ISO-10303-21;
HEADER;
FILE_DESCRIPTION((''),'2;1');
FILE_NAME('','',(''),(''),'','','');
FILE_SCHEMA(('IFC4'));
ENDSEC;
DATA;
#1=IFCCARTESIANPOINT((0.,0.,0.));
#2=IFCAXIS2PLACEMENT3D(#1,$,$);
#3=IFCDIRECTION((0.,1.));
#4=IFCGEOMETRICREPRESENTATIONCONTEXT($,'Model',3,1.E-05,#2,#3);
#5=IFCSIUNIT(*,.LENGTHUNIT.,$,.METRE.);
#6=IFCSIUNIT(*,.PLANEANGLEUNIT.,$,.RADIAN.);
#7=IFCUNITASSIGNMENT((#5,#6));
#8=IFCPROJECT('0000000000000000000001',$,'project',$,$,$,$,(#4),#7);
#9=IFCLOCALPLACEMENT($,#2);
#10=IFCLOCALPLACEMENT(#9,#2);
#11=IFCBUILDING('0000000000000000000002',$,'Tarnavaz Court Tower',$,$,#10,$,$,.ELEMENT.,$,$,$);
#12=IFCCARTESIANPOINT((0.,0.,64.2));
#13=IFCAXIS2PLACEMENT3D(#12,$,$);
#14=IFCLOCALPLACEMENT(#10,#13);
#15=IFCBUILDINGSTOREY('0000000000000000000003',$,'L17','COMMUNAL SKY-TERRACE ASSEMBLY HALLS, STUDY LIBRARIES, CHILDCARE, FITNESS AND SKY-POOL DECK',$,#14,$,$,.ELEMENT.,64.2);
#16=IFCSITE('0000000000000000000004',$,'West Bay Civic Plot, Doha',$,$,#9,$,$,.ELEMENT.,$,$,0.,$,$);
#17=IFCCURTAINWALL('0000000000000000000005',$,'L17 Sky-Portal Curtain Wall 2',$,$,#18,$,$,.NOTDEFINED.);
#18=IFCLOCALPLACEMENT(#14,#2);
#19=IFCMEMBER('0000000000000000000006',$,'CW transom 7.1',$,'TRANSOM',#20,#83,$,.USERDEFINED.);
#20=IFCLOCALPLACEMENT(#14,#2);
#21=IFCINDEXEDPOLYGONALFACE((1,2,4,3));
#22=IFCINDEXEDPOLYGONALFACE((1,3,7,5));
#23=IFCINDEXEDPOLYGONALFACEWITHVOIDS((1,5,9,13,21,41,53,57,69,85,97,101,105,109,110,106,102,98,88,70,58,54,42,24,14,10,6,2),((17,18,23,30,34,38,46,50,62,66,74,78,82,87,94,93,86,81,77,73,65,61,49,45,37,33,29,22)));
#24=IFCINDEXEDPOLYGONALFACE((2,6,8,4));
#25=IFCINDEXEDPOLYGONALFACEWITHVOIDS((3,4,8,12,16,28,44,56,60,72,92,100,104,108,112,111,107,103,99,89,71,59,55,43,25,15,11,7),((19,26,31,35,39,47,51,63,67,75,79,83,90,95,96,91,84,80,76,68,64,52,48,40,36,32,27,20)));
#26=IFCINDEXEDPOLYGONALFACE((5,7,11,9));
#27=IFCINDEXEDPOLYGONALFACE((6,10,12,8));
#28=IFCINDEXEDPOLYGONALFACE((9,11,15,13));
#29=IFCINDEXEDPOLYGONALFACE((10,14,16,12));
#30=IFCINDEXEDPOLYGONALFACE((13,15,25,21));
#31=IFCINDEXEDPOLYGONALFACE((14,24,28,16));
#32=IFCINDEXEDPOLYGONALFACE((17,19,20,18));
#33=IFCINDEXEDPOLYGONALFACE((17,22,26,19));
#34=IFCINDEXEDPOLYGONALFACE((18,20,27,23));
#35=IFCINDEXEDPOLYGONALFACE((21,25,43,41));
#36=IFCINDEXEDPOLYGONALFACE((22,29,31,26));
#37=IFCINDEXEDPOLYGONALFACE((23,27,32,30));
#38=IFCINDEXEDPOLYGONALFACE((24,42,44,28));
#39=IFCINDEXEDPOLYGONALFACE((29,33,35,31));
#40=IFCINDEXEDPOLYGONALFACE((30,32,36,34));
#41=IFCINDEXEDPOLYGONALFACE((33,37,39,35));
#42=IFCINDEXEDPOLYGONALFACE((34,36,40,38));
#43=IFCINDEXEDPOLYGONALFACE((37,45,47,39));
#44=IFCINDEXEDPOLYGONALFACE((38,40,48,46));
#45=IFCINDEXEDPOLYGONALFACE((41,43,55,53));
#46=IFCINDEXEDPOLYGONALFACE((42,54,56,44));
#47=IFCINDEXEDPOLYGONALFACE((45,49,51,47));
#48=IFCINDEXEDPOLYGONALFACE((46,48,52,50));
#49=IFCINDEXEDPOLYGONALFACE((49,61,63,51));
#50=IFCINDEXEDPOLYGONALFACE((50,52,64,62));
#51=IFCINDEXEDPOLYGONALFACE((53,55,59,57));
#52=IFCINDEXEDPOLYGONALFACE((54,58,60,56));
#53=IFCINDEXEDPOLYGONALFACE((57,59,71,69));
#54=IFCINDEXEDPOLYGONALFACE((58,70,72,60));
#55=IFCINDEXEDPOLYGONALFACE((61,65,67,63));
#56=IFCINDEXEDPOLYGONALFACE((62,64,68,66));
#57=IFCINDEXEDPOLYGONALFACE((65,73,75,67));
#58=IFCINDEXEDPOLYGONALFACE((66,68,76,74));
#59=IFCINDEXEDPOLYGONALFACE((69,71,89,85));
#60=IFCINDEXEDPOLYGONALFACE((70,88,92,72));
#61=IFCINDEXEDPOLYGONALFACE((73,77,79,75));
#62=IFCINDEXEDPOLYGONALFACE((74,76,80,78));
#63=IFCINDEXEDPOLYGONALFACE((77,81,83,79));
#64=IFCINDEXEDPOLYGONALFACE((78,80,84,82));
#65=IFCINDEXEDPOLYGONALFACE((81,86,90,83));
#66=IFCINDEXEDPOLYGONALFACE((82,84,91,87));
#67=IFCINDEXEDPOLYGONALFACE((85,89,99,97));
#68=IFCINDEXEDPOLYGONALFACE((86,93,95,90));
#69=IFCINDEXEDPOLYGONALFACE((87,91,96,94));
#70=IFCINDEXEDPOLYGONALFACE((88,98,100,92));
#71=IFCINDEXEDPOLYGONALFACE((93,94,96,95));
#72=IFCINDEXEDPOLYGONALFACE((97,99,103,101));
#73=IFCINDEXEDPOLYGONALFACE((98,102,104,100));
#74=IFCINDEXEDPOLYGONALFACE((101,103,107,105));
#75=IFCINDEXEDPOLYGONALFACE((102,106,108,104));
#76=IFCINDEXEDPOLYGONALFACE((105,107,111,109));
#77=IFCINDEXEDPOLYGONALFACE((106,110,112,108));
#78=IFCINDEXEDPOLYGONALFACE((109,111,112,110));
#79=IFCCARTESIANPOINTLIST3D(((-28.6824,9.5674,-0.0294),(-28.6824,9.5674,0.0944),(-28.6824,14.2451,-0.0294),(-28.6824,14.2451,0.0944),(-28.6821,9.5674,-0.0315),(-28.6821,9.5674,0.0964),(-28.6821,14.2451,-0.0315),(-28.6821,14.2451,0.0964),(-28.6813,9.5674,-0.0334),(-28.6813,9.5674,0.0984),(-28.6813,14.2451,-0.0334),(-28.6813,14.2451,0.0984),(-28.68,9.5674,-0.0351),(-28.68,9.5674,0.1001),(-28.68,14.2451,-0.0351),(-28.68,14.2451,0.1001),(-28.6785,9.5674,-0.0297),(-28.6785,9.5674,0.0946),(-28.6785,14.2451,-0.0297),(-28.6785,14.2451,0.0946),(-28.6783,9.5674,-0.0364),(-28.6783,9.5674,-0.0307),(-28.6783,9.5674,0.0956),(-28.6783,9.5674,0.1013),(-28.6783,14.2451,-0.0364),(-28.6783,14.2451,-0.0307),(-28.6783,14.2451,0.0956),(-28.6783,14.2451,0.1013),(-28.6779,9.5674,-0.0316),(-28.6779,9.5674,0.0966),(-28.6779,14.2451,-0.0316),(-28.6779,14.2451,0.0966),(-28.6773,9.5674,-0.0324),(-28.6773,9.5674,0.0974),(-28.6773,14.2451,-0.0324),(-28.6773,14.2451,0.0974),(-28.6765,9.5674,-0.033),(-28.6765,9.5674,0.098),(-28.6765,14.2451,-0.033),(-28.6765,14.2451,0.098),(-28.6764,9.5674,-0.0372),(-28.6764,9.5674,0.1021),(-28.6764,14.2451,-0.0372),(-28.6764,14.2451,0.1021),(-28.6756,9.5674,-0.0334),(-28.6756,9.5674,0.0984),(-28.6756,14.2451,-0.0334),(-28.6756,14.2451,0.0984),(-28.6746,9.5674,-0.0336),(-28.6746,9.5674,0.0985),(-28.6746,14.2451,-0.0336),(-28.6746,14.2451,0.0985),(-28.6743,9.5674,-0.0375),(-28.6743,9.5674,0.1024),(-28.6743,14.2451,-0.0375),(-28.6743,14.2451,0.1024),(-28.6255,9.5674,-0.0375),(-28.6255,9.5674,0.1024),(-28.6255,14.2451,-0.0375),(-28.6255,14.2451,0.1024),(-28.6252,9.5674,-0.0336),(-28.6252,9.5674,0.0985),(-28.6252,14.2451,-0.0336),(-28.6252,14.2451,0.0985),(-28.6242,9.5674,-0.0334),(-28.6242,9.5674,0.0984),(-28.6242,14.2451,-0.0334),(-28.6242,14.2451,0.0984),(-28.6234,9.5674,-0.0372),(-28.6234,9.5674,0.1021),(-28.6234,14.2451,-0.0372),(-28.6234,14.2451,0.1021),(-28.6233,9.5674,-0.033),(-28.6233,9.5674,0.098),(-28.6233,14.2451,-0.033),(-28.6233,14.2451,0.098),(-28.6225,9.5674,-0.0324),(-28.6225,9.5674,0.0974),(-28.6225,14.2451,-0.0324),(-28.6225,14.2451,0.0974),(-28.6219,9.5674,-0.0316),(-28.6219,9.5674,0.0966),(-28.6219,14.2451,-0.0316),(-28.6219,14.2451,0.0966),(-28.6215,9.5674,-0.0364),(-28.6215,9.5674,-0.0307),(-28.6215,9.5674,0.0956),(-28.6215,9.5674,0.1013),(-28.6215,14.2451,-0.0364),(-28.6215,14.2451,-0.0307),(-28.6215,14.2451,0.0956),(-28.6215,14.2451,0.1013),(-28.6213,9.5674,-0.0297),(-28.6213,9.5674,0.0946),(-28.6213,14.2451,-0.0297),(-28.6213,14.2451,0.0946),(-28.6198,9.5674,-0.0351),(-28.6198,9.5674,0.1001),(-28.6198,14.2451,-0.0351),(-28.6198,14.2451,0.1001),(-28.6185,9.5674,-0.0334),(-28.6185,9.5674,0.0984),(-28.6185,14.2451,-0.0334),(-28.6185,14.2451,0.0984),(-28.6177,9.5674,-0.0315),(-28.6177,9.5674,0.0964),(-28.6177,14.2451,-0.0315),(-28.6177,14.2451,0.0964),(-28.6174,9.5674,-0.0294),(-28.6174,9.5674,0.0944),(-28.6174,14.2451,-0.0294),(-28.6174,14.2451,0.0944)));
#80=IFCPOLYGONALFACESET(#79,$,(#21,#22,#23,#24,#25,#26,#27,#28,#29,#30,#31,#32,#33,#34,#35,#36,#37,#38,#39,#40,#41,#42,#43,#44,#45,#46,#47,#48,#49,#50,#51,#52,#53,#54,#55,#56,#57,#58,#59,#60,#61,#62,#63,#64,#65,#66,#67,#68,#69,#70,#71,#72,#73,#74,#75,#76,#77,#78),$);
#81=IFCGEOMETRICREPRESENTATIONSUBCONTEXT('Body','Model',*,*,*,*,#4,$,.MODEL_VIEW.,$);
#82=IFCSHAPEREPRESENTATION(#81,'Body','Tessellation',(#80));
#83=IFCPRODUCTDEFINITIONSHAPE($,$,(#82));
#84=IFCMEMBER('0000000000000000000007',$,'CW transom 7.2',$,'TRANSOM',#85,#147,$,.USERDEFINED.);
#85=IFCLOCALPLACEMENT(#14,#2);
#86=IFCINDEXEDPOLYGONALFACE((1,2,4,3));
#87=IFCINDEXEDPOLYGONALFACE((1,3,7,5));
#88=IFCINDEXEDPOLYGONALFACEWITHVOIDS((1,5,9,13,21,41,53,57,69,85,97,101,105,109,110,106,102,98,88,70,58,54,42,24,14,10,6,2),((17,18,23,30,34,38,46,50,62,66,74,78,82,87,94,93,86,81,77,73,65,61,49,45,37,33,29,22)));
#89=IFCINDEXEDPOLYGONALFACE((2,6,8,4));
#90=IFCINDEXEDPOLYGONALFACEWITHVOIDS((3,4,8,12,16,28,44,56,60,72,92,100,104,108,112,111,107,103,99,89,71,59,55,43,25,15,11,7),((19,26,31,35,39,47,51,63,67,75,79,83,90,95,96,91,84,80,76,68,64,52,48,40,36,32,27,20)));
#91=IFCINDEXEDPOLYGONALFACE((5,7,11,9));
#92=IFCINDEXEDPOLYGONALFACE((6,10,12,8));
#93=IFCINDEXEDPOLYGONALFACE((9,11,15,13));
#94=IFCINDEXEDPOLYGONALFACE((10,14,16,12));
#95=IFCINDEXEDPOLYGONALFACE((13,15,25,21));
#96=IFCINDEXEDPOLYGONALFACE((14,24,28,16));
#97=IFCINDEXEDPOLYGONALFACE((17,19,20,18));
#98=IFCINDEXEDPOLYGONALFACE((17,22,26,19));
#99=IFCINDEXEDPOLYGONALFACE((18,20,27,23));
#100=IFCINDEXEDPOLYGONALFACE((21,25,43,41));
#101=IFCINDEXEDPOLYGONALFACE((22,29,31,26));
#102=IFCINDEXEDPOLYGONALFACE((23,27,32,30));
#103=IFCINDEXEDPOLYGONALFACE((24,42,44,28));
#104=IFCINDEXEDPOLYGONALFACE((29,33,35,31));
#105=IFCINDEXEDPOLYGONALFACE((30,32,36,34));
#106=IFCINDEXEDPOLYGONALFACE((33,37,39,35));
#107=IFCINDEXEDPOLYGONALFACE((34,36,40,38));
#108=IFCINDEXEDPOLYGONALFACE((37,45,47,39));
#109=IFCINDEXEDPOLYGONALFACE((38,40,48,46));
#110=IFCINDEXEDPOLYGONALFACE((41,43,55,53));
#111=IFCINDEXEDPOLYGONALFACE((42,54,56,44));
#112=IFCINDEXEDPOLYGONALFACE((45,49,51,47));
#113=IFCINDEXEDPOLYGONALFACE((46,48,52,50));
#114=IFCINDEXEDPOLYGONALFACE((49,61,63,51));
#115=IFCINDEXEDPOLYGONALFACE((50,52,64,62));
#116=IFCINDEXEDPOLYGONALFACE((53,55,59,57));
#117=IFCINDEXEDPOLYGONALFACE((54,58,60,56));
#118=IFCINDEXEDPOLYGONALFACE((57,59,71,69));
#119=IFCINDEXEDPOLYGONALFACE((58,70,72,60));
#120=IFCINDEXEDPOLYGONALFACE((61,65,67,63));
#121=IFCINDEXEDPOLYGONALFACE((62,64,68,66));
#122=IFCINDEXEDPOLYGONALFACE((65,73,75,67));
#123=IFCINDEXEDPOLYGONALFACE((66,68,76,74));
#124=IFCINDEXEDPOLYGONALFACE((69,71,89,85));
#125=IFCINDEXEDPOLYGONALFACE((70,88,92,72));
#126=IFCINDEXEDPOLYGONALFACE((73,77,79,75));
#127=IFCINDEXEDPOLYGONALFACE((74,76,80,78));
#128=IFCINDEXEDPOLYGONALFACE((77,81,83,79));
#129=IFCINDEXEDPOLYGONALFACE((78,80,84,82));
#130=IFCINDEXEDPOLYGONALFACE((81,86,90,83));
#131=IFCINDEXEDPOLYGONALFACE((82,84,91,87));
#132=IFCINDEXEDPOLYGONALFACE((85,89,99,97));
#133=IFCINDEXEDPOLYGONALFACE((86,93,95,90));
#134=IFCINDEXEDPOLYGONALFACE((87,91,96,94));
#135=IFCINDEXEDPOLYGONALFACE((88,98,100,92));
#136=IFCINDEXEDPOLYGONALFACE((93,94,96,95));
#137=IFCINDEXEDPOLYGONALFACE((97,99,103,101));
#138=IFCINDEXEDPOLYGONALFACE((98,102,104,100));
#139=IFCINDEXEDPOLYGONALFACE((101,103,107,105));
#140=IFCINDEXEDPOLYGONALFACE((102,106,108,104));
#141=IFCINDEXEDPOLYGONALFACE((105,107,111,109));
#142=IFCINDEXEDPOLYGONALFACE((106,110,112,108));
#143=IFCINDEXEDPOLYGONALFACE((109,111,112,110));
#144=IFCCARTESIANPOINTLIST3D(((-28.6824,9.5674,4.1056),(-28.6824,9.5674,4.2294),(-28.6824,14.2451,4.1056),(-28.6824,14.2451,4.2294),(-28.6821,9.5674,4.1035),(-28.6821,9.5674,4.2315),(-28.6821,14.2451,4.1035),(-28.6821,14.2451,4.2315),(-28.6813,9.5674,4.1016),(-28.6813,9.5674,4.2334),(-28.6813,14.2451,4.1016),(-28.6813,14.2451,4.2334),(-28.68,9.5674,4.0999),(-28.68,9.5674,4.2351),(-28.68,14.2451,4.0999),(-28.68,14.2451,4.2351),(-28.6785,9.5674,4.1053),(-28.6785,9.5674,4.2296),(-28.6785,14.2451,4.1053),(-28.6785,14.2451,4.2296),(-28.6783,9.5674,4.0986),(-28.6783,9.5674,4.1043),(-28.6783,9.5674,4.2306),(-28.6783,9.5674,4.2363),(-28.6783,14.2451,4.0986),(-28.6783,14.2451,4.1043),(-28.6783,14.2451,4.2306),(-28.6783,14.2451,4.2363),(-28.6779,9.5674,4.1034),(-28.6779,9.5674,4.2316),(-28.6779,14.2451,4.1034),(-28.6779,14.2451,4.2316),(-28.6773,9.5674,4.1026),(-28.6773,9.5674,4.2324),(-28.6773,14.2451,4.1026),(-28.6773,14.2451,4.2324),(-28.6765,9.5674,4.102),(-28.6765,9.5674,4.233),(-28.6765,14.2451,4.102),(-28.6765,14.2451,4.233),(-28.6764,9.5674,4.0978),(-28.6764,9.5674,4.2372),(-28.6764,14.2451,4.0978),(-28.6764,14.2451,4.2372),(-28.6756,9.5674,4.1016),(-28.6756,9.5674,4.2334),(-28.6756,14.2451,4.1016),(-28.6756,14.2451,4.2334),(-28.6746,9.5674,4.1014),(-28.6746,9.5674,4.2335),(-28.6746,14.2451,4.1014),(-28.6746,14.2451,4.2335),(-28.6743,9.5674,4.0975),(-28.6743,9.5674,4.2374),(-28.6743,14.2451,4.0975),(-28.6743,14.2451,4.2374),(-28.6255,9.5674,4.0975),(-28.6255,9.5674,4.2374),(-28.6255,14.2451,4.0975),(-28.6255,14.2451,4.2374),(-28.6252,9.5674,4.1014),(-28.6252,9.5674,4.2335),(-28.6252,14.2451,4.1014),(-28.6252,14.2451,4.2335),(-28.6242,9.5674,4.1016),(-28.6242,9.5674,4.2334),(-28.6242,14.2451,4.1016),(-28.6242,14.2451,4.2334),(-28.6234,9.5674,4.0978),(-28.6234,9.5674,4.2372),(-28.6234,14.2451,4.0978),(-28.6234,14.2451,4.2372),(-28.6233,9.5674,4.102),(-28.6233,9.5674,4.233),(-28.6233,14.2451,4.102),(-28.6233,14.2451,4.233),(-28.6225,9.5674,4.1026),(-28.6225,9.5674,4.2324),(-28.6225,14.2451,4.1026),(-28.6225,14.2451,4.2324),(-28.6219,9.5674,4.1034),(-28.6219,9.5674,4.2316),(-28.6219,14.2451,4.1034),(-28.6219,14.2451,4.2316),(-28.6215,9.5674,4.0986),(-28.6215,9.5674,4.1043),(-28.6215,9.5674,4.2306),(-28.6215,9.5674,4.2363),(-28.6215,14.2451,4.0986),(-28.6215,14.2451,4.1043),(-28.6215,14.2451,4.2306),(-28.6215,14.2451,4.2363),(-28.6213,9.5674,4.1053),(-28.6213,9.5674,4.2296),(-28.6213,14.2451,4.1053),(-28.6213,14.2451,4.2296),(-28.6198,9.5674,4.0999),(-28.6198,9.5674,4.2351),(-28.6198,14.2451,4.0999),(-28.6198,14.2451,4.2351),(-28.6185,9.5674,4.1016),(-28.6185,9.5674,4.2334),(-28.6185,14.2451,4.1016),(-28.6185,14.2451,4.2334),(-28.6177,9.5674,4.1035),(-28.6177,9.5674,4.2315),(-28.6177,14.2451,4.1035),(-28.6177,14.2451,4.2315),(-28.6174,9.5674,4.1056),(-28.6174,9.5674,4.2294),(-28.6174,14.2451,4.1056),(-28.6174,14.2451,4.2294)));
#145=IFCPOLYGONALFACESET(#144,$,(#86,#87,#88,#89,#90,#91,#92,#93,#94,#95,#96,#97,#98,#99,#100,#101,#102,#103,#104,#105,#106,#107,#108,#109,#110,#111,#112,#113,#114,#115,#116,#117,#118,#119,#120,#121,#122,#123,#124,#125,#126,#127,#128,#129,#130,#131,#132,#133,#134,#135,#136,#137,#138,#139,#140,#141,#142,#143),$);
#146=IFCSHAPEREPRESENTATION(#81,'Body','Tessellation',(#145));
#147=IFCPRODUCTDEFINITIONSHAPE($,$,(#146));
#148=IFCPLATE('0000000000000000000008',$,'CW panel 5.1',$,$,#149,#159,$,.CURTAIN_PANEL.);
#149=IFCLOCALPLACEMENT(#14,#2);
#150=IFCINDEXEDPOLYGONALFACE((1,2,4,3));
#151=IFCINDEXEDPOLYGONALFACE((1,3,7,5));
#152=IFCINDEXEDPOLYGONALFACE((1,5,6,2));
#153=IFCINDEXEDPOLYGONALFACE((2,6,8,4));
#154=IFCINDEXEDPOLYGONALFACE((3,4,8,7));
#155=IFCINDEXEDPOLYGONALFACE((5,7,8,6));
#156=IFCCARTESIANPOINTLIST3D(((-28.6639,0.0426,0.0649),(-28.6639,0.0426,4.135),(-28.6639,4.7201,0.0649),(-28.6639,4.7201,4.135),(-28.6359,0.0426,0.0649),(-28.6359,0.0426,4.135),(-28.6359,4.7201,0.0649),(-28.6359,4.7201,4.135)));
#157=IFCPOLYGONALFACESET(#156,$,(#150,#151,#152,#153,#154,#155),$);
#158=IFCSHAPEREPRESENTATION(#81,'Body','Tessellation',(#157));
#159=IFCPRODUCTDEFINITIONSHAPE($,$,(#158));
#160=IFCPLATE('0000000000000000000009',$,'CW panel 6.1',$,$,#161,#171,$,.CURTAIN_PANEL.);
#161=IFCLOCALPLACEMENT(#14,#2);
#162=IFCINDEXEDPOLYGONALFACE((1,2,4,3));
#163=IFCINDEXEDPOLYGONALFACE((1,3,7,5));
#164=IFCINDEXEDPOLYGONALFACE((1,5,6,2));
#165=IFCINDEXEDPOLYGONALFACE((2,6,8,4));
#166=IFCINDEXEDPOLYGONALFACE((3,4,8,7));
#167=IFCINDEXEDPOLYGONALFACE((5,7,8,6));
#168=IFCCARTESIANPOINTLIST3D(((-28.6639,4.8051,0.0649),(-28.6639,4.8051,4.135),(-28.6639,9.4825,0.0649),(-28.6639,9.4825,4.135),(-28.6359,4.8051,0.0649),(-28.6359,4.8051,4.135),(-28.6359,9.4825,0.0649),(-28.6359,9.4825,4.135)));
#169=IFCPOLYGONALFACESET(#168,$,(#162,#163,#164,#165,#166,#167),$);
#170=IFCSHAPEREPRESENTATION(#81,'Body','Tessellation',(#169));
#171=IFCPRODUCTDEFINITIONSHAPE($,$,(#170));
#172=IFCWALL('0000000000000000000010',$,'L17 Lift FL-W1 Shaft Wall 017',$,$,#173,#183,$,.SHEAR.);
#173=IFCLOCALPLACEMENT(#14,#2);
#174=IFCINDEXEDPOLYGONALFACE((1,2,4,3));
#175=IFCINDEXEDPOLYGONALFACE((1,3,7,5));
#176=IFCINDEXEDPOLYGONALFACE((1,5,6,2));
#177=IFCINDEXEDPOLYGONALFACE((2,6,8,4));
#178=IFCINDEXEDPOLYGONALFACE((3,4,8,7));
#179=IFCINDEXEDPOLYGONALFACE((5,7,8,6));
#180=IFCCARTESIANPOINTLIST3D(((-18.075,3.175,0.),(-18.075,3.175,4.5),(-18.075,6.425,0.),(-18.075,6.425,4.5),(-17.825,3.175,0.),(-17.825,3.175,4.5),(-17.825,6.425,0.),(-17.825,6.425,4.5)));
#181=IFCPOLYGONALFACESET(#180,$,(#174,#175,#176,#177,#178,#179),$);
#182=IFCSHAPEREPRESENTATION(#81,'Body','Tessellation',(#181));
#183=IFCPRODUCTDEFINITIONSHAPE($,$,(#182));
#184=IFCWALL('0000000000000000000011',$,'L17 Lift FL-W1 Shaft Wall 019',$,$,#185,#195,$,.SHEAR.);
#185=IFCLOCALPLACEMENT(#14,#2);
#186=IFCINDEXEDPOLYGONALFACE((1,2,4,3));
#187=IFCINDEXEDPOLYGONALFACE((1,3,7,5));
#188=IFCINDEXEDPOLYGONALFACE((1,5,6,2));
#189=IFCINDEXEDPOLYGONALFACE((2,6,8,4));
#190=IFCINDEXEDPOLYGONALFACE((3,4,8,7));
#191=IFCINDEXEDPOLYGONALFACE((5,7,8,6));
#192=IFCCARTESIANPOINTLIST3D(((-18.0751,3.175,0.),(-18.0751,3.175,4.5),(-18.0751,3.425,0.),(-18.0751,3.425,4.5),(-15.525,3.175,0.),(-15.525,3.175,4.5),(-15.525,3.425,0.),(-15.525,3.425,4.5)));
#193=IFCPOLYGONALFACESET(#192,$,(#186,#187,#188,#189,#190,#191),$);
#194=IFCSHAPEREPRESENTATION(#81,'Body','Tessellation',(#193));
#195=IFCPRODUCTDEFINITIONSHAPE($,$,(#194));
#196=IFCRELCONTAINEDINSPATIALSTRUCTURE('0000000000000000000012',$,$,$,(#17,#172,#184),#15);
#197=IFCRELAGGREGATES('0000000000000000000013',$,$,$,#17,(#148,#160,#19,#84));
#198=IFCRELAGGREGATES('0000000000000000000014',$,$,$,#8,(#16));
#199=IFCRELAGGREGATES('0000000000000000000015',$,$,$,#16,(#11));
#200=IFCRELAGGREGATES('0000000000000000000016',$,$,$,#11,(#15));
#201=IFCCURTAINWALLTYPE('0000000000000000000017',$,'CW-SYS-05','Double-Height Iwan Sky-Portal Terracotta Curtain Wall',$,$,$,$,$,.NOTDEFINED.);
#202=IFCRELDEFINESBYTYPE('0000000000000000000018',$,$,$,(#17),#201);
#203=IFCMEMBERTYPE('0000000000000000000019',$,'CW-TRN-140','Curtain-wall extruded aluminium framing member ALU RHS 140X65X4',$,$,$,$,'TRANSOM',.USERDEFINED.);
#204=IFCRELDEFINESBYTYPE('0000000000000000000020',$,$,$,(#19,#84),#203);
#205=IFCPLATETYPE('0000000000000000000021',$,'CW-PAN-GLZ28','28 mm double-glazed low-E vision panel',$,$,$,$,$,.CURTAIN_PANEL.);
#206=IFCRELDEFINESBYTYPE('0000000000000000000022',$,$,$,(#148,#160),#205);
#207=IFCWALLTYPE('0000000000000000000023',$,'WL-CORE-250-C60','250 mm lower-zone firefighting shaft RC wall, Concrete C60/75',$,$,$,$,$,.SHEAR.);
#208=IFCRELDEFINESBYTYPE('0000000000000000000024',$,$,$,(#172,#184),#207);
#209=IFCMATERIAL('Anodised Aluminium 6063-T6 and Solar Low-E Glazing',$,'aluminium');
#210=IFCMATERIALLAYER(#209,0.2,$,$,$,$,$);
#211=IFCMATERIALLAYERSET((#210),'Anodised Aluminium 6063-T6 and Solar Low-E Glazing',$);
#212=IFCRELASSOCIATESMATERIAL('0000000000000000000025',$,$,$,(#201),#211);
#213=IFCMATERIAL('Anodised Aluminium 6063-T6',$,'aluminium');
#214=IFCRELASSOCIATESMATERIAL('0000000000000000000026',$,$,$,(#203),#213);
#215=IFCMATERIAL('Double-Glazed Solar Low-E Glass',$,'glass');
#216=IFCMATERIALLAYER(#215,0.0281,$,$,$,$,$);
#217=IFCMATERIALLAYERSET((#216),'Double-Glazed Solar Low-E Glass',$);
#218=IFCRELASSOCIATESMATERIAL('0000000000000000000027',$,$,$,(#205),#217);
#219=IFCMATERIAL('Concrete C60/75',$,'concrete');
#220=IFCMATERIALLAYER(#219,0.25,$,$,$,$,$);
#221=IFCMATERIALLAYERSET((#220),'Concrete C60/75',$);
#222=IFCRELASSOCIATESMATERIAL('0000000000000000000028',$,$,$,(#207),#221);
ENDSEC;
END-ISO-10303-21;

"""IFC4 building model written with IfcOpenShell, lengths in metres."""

from ifc_helpers import new_model, si_unit, direction, frame, frame_2d, origin, origin_2d, place, context, subcontext, project, spatial, rectangle, hollow_rectangle, extrude, material, layer, layer_set, material_profile, profile_set, type_object, element, aggregate, save


model = new_model("IFC4")

# Units and contexts
model_context = context("Model", 3, precision=1e-05, world=origin(), true_north=direction((0.0, 1.0)))
body_context = subcontext(model_context, "Body", "Model", "MODEL_VIEW")
ifc_project = project(units=[si_unit("LENGTHUNIT", "METRE"), si_unit("PLANEANGLEUNIT", "RADIAN")], contexts=[model_context])

# Site, building, storey
site_placement = place(None, origin())
site = spatial("IfcSite", under=ifc_project, at=site_placement, Name="West Bay Civic Plot, Doha", CompositionType="ELEMENT", RefElevation=0.0)
building_placement = place(site_placement, origin())
building = spatial("IfcBuilding", under=site, at=building_placement, Name="Tarnavaz Court Tower", CompositionType="ELEMENT")
storey_placement = place(building_placement, frame((0.0, 0.0, 64.2)))
storey = spatial("IfcBuildingStorey", under=building, at=storey_placement, Name="L17", Description="COMMUNAL SKY-TERRACE ASSEMBLY HALLS, STUDY LIBRARIES, CHILDCARE, FITNESS AND SKY-POOL DECK", CompositionType="ELEMENT", Elevation=64.2)

# Shared definitions
ifc_material_1 = material(Name="Concrete C60/75", Category="concrete")

# Curtain wall, members, plates
ifc_material_2 = material(Name="Anodised Aluminium 6063-T6 and Solar Low-E Glazing", Category="aluminium")
ifc_layer_1 = layer(ifc_material_2, 0.2)
ifc_layer_set_1 = layer_set([ifc_layer_1], Name="Anodised Aluminium 6063-T6 and Solar Low-E Glazing")
curtain_wall_type = type_object("IfcCurtainWallType", Name="CW-SYS-05", Description="Double-Height Iwan Sky-Portal Terracotta Curtain Wall", PredefinedType="NOTDEFINED", material=ifc_layer_set_1)
curtain_wall_placement = place(storey_placement, origin())
curtain_wall = element("IfcCurtainWall", 1, at=curtain_wall_placement, inside=storey, type_object=curtain_wall_type, Name="L17 Sky-Portal Curtain Wall 2", PredefinedType="NOTDEFINED")
ifc_material_3 = material(Name="Anodised Aluminium 6063-T6", Category="aluminium")
ifc_material_profile_1 = material_profile(ifc_material_3, hollow_rectangle(XDim=0.0649, YDim=0.1399, WallThickness=0.0039, InnerFilletRadius=0.0039, OuterFilletRadius=0.0081, at=origin_2d()), Name="ALU RHS 140X65X4")
ifc_profile_set_1 = profile_set([ifc_material_profile_1], Name="Anodised Aluminium 6063-T6")
member_type_1 = type_object("IfcMemberType", Name="CW-TRN-140", Description="Curtain-wall extruded aluminium framing member ALU RHS 140X65X4", ElementType="TRANSOM", PredefinedType="USERDEFINED", material=ifc_profile_set_1)
member_1_placement = place(storey_placement, frame((-28.6499, 9.5674, 0.0325), z_axis=(0.0, 1.0, 0.0), x_axis=(-1.0, 0.0, 0.0)))
member_1 = element("IfcMember", 2, at=member_1_placement, type_object=member_type_1, Name="CW transom 7.1", ObjectType="TRANSOM", PredefinedType="USERDEFINED", context=body_context, shape_type="SweptSolid", body=[
    extrude(hollow_rectangle(XDim=0.0649, YDim=0.1399, WallThickness=0.0039, InnerFilletRadius=0.0039, OuterFilletRadius=0.0081, at=origin_2d()), origin(), (0.0, 0.0, 1.0), 4.6777),
])
member_2_placement = place(storey_placement, frame((-28.6499, 9.5674, 4.1675), z_axis=(0.0, 1.0, 0.0), x_axis=(-1.0, 0.0, 0.0)))
member_2 = element("IfcMember", 3, at=member_2_placement, type_object=member_type_1, Name="CW transom 7.2", ObjectType="TRANSOM", PredefinedType="USERDEFINED", context=body_context, shape_type="SweptSolid", body=[
    extrude(hollow_rectangle(XDim=0.0649, YDim=0.1399, WallThickness=0.0039, InnerFilletRadius=0.0039, OuterFilletRadius=0.0081, at=origin_2d()), origin(), (0.0, 0.0, 1.0), 4.6777),
])
ifc_material_4 = material(Name="Double-Glazed Solar Low-E Glass", Category="glass")
ifc_layer_2 = layer(ifc_material_4, 0.0281)
ifc_layer_set_2 = layer_set([ifc_layer_2], Name="Double-Glazed Solar Low-E Glass")
plate_type = type_object("IfcPlateType", Name="CW-PAN-GLZ28", Description="28 mm double-glazed low-E vision panel", PredefinedType="CURTAIN_PANEL", material=ifc_layer_set_2)
plate_1_placement = place(storey_placement, frame((-28.6499, 2.3813, 0.0649), z_axis=(0.0, 0.0, 1.0), x_axis=(0.0, 1.0, 0.0)))
plate_1 = element("IfcPlate", 4, at=plate_1_placement, type_object=plate_type, Name="CW panel 5.1", PredefinedType="CURTAIN_PANEL", context=body_context, shape_type="SweptSolid", body=[
    extrude(rectangle(XDim=4.6775, YDim=0.0281, at=origin_2d()), origin(), (0.0, 0.0, 1.0), 4.0701),
])
plate_2_placement = place(storey_placement, frame((-28.6499, 7.1438, 0.0649), z_axis=(0.0, 0.0, 1.0), x_axis=(0.0, 1.0, 0.0)))
plate_2 = element("IfcPlate", 5, at=plate_2_placement, type_object=plate_type, Name="CW panel 6.1", PredefinedType="CURTAIN_PANEL", context=body_context, shape_type="SweptSolid", body=[
    extrude(rectangle(XDim=4.6775, YDim=0.0281, at=origin_2d()), origin(), (0.0, 0.0, 1.0), 4.0701),
])
aggregate(curtain_wall, [plate_1, plate_2, member_1, member_2])

# Wall
ifc_layer_3 = layer(ifc_material_1, 0.25)
ifc_layer_set_3 = layer_set([ifc_layer_3], Name="Concrete C60/75")
wall_type_1 = type_object("IfcWallType", Name="WL-CORE-250-C60", Description="250 mm lower-zone firefighting shaft RC wall, Concrete C60/75", PredefinedType="SHEAR", material=ifc_layer_set_3)
wall_1_placement = place(storey_placement, frame((-17.95, 3.175, 0.0), z_axis=(0.0, 0.0, 1.0), x_axis=(0.0, 1.0, 0.0)))
element("IfcWall", 6, at=wall_1_placement, inside=storey, type_object=wall_type_1, Name="L17 Lift FL-W1 Shaft Wall 017", PredefinedType="SHEAR", context=body_context, shape_type="SweptSolid", body=[
    extrude(rectangle(XDim=3.25, YDim=0.25, at=frame_2d((1.625, 0.0))), origin(), (0.0, 0.0, 1.0), 4.5),
])

# Wall
for number, where, z_axis, x_axis, name in (
    (7, (-18.075, 3.3, 0.0), (0.0, 0.0, 1.0), (1.0, 0.0, 0.0), "L17 Lift FL-W1 Shaft Wall 019"),
):
    element("IfcWall", number, at=place(storey_placement, frame(where, z_axis=z_axis, x_axis=x_axis)), inside=storey, type_object=wall_type_1, Name=name, PredefinedType="SHEAR", context=body_context, shape_type="SweptSolid", body=[
        extrude(rectangle(XDim=2.55, YDim=0.25, at=frame_2d((1.2749, 0.0))), origin(), (0.0, 0.0, 1.0), 4.5),
    ])

save(model, "model.ifc")
